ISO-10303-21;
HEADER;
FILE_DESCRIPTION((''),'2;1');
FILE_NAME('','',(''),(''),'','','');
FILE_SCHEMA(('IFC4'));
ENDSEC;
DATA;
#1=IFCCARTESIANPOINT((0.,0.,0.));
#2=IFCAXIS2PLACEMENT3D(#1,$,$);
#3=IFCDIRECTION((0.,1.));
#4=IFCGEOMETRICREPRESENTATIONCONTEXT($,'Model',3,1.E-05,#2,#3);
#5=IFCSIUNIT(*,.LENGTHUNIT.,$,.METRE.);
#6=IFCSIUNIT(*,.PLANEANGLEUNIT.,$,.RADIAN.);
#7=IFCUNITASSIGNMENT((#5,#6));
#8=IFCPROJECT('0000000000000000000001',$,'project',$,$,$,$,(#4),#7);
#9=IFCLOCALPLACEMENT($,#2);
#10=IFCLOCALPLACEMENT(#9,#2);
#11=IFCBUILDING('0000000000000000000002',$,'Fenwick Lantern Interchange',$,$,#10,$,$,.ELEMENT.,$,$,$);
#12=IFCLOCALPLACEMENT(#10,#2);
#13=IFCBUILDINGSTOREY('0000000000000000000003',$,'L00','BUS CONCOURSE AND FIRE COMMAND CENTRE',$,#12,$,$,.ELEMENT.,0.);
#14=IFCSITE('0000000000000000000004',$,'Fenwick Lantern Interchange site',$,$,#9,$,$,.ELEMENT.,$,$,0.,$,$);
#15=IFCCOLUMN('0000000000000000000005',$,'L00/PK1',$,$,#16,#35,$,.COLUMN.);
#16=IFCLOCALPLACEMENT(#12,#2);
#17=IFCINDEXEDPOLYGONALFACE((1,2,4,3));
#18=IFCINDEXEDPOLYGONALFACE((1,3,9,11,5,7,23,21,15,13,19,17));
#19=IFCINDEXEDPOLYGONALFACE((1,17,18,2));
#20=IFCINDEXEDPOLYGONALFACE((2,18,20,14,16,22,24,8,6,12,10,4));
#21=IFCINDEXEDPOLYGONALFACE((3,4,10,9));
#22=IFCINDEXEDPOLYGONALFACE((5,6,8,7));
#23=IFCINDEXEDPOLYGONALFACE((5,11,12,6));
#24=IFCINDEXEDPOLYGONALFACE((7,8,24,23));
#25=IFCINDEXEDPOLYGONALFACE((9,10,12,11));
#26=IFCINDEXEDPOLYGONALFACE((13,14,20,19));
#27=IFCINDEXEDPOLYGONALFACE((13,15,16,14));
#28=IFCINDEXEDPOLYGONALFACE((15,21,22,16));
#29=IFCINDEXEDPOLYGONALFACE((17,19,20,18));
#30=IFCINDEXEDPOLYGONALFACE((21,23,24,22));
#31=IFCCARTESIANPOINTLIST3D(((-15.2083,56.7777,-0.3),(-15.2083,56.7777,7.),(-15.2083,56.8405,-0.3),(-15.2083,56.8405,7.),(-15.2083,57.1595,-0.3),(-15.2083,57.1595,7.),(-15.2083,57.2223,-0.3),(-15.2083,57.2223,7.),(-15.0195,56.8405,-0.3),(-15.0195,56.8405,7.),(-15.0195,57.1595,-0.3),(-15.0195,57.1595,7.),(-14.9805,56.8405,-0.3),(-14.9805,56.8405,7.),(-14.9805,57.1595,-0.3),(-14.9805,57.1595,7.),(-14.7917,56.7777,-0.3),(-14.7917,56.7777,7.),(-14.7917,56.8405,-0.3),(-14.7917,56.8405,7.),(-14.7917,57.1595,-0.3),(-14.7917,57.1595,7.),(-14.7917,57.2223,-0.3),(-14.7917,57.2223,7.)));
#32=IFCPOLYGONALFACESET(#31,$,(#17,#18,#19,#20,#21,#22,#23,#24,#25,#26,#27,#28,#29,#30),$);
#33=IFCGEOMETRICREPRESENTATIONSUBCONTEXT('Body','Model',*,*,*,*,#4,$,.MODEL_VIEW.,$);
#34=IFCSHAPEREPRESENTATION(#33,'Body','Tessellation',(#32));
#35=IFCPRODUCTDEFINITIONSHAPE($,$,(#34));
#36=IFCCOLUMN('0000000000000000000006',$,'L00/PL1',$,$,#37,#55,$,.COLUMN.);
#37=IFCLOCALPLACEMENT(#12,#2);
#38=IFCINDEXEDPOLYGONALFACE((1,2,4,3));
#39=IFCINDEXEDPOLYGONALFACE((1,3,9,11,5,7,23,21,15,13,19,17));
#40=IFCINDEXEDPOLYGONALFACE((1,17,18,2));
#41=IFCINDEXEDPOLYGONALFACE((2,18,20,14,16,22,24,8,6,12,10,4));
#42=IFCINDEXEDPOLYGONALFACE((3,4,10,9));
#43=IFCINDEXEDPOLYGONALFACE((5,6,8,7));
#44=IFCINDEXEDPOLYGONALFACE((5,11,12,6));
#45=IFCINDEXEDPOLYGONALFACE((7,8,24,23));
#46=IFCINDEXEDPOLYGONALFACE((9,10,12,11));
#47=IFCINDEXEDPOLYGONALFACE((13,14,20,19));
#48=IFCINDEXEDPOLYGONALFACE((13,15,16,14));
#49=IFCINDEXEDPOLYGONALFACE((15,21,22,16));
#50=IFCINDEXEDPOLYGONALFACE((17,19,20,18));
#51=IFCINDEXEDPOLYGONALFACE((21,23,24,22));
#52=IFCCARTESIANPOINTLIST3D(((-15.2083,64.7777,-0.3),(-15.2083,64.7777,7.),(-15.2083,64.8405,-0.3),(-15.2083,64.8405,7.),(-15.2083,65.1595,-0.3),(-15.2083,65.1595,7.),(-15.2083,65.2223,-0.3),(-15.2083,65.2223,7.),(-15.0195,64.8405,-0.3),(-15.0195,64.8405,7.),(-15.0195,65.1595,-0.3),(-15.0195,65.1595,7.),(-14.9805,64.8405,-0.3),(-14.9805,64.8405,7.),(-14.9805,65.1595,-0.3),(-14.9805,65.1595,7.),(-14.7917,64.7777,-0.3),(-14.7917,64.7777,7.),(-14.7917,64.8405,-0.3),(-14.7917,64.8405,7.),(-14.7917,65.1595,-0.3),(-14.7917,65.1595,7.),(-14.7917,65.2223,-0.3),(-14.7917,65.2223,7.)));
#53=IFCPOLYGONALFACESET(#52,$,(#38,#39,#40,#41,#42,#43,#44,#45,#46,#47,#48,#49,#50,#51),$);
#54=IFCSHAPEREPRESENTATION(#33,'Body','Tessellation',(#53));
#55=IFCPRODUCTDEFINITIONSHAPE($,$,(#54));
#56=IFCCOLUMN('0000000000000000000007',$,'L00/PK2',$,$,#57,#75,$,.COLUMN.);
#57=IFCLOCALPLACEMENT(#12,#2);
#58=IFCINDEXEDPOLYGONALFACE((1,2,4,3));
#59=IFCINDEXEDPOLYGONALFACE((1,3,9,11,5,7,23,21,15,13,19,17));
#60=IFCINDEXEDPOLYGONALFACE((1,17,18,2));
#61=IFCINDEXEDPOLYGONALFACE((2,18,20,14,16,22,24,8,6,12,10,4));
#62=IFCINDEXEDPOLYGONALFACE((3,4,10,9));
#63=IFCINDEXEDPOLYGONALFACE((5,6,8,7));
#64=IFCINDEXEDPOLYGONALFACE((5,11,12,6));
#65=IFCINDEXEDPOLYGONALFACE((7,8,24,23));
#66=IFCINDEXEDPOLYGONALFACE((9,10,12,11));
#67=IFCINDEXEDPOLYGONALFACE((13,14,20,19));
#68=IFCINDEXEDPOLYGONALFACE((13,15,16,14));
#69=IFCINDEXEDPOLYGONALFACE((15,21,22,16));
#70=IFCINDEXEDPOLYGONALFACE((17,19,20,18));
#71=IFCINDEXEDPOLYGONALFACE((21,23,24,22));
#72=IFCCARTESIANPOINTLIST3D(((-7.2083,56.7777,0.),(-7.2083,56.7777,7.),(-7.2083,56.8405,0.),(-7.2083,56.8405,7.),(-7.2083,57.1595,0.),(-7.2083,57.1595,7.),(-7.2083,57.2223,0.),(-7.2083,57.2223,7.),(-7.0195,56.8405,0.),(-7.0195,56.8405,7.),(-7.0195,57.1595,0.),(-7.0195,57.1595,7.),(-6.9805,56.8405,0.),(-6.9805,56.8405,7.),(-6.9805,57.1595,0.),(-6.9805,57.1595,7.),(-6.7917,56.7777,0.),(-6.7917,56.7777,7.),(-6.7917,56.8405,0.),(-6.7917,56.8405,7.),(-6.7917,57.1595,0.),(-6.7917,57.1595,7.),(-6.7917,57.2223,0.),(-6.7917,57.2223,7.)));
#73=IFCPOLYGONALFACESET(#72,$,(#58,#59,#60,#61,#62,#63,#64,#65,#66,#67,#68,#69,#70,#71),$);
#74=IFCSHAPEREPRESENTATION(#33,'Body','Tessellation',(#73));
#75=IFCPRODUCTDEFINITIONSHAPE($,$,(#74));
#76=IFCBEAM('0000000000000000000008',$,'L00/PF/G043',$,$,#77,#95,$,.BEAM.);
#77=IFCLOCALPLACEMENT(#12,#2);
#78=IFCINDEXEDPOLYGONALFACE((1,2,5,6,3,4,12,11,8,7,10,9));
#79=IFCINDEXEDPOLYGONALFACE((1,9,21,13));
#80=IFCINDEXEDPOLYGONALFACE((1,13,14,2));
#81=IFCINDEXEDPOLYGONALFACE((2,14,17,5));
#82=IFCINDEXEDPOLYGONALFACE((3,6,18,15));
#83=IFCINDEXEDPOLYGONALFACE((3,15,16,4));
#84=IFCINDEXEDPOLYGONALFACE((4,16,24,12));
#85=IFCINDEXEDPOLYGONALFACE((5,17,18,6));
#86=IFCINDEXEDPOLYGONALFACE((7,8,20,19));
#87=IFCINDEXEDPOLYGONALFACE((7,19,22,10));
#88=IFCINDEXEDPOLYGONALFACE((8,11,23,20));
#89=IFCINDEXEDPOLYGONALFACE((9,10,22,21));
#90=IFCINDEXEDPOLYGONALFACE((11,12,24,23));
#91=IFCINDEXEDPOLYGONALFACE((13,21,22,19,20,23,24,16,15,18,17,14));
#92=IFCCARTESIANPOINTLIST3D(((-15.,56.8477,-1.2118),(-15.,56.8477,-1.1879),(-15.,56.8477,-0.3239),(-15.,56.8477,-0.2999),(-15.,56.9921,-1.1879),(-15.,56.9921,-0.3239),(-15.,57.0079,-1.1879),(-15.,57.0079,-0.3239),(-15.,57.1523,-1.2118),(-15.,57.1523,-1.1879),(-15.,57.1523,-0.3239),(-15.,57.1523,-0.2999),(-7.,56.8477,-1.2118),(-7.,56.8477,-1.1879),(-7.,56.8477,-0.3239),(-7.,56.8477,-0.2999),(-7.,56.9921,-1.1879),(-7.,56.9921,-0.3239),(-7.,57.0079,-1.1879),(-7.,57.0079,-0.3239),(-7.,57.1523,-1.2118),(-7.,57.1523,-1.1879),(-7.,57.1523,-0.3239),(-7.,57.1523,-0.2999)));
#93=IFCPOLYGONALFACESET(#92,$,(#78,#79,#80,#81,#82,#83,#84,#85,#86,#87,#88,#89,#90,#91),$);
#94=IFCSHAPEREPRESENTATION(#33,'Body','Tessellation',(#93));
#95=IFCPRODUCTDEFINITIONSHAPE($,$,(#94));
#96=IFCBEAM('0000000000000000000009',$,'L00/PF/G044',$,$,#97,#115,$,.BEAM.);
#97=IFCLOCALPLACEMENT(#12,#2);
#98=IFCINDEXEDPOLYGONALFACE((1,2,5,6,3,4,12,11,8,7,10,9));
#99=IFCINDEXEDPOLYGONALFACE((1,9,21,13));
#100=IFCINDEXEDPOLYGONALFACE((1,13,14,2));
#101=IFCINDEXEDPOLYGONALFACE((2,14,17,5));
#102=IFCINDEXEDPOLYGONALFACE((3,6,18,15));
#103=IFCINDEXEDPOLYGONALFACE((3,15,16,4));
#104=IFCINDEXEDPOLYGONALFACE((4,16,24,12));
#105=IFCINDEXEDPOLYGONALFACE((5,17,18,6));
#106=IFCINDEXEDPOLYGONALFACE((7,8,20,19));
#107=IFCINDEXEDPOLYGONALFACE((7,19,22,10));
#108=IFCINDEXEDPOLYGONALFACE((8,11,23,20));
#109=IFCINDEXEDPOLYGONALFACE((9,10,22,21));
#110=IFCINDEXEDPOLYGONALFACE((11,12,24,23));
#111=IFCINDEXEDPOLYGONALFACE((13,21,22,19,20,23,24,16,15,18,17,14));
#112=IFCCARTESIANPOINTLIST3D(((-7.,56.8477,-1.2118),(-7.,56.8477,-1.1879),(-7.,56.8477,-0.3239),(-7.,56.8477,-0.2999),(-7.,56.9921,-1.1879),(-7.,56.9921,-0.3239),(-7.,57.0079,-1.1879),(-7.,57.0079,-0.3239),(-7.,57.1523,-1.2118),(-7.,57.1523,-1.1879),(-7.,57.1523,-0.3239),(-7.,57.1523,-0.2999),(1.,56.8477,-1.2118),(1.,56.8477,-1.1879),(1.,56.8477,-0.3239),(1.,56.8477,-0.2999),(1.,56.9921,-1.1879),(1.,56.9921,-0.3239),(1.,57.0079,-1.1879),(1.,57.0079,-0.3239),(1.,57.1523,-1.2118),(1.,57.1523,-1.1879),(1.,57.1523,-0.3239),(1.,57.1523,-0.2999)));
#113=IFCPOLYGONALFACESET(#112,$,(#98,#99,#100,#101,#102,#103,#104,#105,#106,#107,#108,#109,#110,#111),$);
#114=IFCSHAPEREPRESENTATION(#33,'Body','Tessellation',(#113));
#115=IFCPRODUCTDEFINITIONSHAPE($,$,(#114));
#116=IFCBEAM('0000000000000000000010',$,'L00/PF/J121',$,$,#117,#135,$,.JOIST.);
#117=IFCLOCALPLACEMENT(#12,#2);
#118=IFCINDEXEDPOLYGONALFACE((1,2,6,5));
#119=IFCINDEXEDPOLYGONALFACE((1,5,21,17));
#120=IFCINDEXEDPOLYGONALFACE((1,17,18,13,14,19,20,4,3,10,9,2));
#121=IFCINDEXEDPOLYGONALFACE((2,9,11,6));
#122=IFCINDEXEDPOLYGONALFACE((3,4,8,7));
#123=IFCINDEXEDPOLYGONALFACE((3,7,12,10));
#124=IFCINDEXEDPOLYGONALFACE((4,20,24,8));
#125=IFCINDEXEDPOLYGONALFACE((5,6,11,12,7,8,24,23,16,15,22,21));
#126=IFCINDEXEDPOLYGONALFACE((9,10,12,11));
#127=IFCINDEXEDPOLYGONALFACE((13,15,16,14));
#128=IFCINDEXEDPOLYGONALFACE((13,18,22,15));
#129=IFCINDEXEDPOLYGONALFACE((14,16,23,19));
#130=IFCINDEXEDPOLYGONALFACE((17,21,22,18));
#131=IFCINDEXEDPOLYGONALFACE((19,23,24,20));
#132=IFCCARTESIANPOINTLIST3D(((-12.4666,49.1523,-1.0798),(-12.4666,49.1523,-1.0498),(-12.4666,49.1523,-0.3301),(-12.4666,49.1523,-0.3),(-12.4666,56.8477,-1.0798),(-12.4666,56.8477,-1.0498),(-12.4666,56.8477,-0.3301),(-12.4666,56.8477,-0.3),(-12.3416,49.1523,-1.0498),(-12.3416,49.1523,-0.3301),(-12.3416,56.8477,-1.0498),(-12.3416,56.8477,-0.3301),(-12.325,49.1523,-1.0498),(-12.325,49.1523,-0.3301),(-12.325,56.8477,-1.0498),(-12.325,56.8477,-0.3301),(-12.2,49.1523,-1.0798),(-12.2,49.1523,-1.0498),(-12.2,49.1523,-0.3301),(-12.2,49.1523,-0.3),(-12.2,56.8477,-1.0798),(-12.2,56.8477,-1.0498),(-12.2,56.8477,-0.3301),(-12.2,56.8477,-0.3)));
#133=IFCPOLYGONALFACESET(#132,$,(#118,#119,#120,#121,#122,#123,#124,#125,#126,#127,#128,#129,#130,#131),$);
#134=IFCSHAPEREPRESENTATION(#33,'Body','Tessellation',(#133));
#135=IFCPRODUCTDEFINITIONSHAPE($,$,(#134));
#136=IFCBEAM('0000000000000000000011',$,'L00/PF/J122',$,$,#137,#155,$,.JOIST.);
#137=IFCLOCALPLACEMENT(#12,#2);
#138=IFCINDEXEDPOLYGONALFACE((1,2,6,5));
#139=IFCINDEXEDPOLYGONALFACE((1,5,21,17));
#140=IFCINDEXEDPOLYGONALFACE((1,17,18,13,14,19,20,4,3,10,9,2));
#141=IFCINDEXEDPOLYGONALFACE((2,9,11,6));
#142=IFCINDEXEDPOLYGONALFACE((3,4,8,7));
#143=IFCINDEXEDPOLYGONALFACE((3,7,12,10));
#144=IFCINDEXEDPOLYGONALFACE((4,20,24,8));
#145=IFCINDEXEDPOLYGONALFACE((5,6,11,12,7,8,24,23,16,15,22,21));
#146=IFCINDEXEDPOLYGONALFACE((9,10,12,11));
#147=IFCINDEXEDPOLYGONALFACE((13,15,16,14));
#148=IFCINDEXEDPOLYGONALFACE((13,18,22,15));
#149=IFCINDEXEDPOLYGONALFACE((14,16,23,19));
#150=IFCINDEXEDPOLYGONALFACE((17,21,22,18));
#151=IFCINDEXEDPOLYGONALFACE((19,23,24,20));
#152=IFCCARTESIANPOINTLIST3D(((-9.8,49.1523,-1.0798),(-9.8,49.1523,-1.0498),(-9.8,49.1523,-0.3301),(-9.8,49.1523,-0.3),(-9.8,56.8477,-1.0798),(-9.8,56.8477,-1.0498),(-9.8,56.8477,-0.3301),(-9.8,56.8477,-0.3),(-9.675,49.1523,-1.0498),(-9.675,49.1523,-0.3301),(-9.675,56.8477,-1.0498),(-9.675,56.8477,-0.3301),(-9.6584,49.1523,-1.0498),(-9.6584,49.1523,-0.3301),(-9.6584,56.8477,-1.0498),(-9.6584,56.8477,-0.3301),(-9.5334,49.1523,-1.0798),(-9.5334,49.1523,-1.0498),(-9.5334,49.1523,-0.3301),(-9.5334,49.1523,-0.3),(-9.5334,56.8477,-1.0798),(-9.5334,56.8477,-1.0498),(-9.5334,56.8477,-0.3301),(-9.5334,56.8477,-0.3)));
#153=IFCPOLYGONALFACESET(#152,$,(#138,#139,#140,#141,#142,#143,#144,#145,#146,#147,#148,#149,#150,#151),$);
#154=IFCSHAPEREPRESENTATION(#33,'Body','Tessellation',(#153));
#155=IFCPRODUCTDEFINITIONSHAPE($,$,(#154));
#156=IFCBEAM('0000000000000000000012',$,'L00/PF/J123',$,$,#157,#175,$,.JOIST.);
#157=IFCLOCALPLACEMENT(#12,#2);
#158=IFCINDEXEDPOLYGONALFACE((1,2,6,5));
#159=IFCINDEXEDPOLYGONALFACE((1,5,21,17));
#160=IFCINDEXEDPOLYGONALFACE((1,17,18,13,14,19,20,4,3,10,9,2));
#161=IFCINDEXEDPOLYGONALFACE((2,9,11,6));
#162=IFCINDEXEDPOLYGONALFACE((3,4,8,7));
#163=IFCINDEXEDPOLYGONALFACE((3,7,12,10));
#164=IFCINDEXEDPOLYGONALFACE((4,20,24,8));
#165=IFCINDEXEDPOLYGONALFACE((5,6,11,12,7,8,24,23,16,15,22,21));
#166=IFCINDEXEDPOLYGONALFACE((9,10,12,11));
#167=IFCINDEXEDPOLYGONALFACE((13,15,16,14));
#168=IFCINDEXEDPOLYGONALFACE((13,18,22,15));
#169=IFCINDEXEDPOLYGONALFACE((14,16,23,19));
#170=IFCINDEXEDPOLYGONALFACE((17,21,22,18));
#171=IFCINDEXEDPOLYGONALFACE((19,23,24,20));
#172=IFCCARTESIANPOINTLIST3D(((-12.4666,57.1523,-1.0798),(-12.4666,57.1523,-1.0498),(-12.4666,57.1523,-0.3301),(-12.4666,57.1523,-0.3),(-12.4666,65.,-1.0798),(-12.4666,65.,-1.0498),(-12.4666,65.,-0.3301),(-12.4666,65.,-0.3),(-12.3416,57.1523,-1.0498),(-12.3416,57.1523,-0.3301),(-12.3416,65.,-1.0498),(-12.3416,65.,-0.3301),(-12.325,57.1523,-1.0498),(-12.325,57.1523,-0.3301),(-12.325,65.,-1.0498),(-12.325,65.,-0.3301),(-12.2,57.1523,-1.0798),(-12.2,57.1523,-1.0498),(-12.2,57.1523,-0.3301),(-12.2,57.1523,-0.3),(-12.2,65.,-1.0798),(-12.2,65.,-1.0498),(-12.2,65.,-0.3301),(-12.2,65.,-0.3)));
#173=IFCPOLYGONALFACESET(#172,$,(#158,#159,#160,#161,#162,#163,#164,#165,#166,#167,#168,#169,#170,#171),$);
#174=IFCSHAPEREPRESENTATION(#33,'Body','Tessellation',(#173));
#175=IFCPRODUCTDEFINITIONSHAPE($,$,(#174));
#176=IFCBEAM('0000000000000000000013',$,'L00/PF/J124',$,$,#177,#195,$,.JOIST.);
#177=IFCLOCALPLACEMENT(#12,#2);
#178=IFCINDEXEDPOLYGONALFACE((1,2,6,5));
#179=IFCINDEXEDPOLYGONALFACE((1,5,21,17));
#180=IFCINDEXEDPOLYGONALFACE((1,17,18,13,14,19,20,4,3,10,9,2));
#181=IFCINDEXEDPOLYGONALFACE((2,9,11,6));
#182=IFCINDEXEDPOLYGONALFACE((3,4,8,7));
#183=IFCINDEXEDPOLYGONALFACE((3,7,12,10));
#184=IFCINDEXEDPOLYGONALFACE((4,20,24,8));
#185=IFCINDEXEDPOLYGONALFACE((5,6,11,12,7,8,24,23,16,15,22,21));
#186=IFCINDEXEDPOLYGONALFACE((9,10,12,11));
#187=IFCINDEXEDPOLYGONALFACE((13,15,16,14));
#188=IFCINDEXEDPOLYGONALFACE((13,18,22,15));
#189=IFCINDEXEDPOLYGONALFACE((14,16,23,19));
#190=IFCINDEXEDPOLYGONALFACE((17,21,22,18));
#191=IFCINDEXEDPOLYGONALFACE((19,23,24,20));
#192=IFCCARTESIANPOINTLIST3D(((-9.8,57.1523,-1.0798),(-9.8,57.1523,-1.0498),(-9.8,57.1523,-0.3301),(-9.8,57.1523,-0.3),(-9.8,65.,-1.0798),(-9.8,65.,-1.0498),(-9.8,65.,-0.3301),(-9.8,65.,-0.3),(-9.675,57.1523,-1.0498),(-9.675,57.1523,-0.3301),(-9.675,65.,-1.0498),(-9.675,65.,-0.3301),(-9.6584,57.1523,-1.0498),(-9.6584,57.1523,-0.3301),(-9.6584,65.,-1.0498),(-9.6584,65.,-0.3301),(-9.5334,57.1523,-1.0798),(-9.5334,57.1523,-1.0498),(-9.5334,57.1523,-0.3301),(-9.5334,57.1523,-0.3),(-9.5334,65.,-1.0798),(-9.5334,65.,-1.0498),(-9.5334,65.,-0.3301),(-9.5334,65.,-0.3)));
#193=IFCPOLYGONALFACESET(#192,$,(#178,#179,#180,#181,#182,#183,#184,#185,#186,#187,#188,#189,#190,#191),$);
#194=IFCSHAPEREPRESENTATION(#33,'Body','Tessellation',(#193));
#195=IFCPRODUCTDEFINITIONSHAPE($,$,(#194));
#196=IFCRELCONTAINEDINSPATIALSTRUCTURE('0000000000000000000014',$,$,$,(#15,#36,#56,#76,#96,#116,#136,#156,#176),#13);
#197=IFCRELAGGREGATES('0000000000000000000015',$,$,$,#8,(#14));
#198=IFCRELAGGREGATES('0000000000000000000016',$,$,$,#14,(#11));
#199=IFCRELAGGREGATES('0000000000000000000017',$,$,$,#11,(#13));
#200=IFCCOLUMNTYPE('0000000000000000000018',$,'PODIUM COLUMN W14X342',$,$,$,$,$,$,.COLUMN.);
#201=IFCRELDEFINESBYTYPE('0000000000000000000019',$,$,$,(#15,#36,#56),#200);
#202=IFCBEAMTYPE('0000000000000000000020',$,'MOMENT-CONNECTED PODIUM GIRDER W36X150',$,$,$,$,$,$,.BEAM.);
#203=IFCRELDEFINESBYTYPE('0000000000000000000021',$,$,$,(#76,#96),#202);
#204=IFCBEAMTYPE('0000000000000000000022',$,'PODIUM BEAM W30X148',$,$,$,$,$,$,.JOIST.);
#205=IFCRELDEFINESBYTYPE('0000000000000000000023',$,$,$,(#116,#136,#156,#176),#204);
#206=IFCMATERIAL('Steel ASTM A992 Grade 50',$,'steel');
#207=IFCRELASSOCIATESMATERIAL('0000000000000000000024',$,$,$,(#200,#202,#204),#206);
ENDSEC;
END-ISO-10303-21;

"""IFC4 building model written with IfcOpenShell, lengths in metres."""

from ifc_helpers import new_model, si_unit, direction, frame, origin, origin_2d, place, context, subcontext, project, spatial, i_section, extrude, material, material_profile, profile_set, type_object, element, save


model = new_model("IFC4")

# Units and contexts
model_context = context("Model", 3, precision=1e-05, world=origin(), true_north=direction((0.0, 1.0)))
body_context = subcontext(model_context, "Body", "Model", "MODEL_VIEW")
ifc_project = project(units=[si_unit("LENGTHUNIT", "METRE"), si_unit("PLANEANGLEUNIT", "RADIAN")], contexts=[model_context])

# Site, building, storey
site_placement = place(None, origin())
site = spatial("IfcSite", under=ifc_project, at=site_placement, Name="Fenwick Lantern Interchange site", CompositionType="ELEMENT", RefElevation=0.0)
building_placement = place(site_placement, origin())
building = spatial("IfcBuilding", under=site, at=building_placement, Name="Fenwick Lantern Interchange", CompositionType="ELEMENT")
storey_placement = place(building_placement, origin())
storey = spatial("IfcBuildingStorey", under=building, at=storey_placement, Name="L00", Description="BUS CONCOURSE AND FIRE COMMAND CENTRE", CompositionType="ELEMENT", Elevation=0.0)

# Columns
ifc_material_1 = material(Name="Steel ASTM A992 Grade 50", Category="steel")
ifc_material_profile_1 = material_profile(ifc_material_1, i_section(OverallWidth=0.4165, OverallDepth=0.4446, WebThickness=0.0391, FlangeThickness=0.0627, at=origin_2d()), Name="W14X342")
ifc_profile_set_1 = profile_set([ifc_material_profile_1], Name="Steel ASTM A992 Grade 50")
column_type = type_object("IfcColumnType", Name="PODIUM COLUMN W14X342", PredefinedType="COLUMN", material=ifc_profile_set_1)
for number, where, z_axis, x_axis, name in (
    (1, (-15.0, 57.0, -0.3), (0.0, 0.0, 1.0), (1.0, 0.0, 0.0), "L00/PK1"),
    (2, (-15.0, 65.0, -0.3), (0.0, 0.0, 1.0), (1.0, 0.0, 0.0), "L00/PL1"),
):
    element("IfcColumn", number, at=place(storey_placement, frame(where, z_axis=z_axis, x_axis=x_axis)), inside=storey, type_object=column_type, Name=name, PredefinedType="COLUMN", context=body_context, shape_type="SweptSolid", body=[
        extrude(i_section(OverallWidth=0.4165, OverallDepth=0.4446, WebThickness=0.0391, FlangeThickness=0.0627, at=origin_2d()), origin(), (0.0, 0.0, 1.0), 7.3),
    ])
column_placement = place(storey_placement, frame((-7.0, 57.0, 0.0), z_axis=(0.0, 0.0, 1.0), x_axis=(1.0, 0.0, 0.0)))
element("IfcColumn", 3, at=column_placement, inside=storey, type_object=column_type, Name="L00/PK2", PredefinedType="COLUMN", context=body_context, shape_type="SweptSolid", body=[
    extrude(i_section(OverallWidth=0.4165, OverallDepth=0.4446, WebThickness=0.0391, FlangeThickness=0.0627, at=origin_2d()), origin(), (0.0, 0.0, 1.0), 7.0),
])

# Beams
ifc_material_profile_2 = material_profile(ifc_material_1, i_section(OverallWidth=0.3047, OverallDepth=0.9119, WebThickness=0.0159, FlangeThickness=0.0239, at=origin_2d()), Name="W36X150")
ifc_profile_set_2 = profile_set([ifc_material_profile_2], Name="Steel ASTM A992 Grade 50")
beam_type_1 = type_object("IfcBeamType", Name="MOMENT-CONNECTED PODIUM GIRDER W36X150", PredefinedType="BEAM", material=ifc_profile_set_2)
for number, where, z_axis, x_axis, name in (
    (4, (-15.0, 57.0, -0.7559), (1.0, 0.0, 0.0), (0.0, 1.0, 0.0), "L00/PF/G043"),
    (5, (-7.0, 57.0, -0.7559), (1.0, 0.0, 0.0), (0.0, 1.0, 0.0), "L00/PF/G044"),
):
    element("IfcBeam", number, at=place(storey_placement, frame(where, z_axis=z_axis, x_axis=x_axis)), inside=storey, type_object=beam_type_1, Name=name, PredefinedType="BEAM", context=body_context, shape_type="SweptSolid", body=[
        extrude(i_section(OverallWidth=0.3047, OverallDepth=0.9119, WebThickness=0.0159, FlangeThickness=0.0239, at=origin_2d()), origin(), (0.0, 0.0, 1.0), 8.0),
    ])
ifc_material_profile_3 = material_profile(ifc_material_1, i_section(OverallWidth=0.2666, OverallDepth=0.7798, WebThickness=0.0166, FlangeThickness=0.03, at=origin_2d()), Name="W30X148")
ifc_profile_set_3 = profile_set([ifc_material_profile_3], Name="Steel ASTM A992 Grade 50")
beam_type_2 = type_object("IfcBeamType", Name="PODIUM BEAM W30X148", PredefinedType="JOIST", material=ifc_profile_set_3)
for number, where, z_axis, x_axis, name in (
    (6, (-12.3333, 49.1523, -0.6899), (0.0, 1.0, 0.0), (-1.0, 0.0, 0.0), "L00/PF/J121"),
    (7, (-9.6667, 49.1523, -0.6899), (0.0, 1.0, 0.0), (-1.0, 0.0, 0.0), "L00/PF/J122"),
):
    element("IfcBeam", number, at=place(storey_placement, frame(where, z_axis=z_axis, x_axis=x_axis)), inside=storey, type_object=beam_type_2, Name=name, PredefinedType="JOIST", context=body_context, shape_type="SweptSolid", body=[
        extrude(i_section(OverallWidth=0.2666, OverallDepth=0.7798, WebThickness=0.0166, FlangeThickness=0.03, at=origin_2d()), origin(), (0.0, 0.0, 1.0), 7.6953),
    ])
for number, where, z_axis, x_axis, name in (
    (8, (-12.3333, 57.1523, -0.6899), (0.0, 1.0, 0.0), (-1.0, 0.0, 0.0), "L00/PF/J123"),
    (9, (-9.6667, 57.1523, -0.6899), (0.0, 1.0, 0.0), (-1.0, 0.0, 0.0), "L00/PF/J124"),
):
    element("IfcBeam", number, at=place(storey_placement, frame(where, z_axis=z_axis, x_axis=x_axis)), inside=storey, type_object=beam_type_2, Name=name, PredefinedType="JOIST", context=body_context, shape_type="SweptSolid", body=[
        extrude(i_section(OverallWidth=0.2666, OverallDepth=0.7798, WebThickness=0.0166, FlangeThickness=0.03, at=origin_2d()), origin(), (0.0, 0.0, 1.0), 7.8477),
    ])

save(model, "model.ifc")
